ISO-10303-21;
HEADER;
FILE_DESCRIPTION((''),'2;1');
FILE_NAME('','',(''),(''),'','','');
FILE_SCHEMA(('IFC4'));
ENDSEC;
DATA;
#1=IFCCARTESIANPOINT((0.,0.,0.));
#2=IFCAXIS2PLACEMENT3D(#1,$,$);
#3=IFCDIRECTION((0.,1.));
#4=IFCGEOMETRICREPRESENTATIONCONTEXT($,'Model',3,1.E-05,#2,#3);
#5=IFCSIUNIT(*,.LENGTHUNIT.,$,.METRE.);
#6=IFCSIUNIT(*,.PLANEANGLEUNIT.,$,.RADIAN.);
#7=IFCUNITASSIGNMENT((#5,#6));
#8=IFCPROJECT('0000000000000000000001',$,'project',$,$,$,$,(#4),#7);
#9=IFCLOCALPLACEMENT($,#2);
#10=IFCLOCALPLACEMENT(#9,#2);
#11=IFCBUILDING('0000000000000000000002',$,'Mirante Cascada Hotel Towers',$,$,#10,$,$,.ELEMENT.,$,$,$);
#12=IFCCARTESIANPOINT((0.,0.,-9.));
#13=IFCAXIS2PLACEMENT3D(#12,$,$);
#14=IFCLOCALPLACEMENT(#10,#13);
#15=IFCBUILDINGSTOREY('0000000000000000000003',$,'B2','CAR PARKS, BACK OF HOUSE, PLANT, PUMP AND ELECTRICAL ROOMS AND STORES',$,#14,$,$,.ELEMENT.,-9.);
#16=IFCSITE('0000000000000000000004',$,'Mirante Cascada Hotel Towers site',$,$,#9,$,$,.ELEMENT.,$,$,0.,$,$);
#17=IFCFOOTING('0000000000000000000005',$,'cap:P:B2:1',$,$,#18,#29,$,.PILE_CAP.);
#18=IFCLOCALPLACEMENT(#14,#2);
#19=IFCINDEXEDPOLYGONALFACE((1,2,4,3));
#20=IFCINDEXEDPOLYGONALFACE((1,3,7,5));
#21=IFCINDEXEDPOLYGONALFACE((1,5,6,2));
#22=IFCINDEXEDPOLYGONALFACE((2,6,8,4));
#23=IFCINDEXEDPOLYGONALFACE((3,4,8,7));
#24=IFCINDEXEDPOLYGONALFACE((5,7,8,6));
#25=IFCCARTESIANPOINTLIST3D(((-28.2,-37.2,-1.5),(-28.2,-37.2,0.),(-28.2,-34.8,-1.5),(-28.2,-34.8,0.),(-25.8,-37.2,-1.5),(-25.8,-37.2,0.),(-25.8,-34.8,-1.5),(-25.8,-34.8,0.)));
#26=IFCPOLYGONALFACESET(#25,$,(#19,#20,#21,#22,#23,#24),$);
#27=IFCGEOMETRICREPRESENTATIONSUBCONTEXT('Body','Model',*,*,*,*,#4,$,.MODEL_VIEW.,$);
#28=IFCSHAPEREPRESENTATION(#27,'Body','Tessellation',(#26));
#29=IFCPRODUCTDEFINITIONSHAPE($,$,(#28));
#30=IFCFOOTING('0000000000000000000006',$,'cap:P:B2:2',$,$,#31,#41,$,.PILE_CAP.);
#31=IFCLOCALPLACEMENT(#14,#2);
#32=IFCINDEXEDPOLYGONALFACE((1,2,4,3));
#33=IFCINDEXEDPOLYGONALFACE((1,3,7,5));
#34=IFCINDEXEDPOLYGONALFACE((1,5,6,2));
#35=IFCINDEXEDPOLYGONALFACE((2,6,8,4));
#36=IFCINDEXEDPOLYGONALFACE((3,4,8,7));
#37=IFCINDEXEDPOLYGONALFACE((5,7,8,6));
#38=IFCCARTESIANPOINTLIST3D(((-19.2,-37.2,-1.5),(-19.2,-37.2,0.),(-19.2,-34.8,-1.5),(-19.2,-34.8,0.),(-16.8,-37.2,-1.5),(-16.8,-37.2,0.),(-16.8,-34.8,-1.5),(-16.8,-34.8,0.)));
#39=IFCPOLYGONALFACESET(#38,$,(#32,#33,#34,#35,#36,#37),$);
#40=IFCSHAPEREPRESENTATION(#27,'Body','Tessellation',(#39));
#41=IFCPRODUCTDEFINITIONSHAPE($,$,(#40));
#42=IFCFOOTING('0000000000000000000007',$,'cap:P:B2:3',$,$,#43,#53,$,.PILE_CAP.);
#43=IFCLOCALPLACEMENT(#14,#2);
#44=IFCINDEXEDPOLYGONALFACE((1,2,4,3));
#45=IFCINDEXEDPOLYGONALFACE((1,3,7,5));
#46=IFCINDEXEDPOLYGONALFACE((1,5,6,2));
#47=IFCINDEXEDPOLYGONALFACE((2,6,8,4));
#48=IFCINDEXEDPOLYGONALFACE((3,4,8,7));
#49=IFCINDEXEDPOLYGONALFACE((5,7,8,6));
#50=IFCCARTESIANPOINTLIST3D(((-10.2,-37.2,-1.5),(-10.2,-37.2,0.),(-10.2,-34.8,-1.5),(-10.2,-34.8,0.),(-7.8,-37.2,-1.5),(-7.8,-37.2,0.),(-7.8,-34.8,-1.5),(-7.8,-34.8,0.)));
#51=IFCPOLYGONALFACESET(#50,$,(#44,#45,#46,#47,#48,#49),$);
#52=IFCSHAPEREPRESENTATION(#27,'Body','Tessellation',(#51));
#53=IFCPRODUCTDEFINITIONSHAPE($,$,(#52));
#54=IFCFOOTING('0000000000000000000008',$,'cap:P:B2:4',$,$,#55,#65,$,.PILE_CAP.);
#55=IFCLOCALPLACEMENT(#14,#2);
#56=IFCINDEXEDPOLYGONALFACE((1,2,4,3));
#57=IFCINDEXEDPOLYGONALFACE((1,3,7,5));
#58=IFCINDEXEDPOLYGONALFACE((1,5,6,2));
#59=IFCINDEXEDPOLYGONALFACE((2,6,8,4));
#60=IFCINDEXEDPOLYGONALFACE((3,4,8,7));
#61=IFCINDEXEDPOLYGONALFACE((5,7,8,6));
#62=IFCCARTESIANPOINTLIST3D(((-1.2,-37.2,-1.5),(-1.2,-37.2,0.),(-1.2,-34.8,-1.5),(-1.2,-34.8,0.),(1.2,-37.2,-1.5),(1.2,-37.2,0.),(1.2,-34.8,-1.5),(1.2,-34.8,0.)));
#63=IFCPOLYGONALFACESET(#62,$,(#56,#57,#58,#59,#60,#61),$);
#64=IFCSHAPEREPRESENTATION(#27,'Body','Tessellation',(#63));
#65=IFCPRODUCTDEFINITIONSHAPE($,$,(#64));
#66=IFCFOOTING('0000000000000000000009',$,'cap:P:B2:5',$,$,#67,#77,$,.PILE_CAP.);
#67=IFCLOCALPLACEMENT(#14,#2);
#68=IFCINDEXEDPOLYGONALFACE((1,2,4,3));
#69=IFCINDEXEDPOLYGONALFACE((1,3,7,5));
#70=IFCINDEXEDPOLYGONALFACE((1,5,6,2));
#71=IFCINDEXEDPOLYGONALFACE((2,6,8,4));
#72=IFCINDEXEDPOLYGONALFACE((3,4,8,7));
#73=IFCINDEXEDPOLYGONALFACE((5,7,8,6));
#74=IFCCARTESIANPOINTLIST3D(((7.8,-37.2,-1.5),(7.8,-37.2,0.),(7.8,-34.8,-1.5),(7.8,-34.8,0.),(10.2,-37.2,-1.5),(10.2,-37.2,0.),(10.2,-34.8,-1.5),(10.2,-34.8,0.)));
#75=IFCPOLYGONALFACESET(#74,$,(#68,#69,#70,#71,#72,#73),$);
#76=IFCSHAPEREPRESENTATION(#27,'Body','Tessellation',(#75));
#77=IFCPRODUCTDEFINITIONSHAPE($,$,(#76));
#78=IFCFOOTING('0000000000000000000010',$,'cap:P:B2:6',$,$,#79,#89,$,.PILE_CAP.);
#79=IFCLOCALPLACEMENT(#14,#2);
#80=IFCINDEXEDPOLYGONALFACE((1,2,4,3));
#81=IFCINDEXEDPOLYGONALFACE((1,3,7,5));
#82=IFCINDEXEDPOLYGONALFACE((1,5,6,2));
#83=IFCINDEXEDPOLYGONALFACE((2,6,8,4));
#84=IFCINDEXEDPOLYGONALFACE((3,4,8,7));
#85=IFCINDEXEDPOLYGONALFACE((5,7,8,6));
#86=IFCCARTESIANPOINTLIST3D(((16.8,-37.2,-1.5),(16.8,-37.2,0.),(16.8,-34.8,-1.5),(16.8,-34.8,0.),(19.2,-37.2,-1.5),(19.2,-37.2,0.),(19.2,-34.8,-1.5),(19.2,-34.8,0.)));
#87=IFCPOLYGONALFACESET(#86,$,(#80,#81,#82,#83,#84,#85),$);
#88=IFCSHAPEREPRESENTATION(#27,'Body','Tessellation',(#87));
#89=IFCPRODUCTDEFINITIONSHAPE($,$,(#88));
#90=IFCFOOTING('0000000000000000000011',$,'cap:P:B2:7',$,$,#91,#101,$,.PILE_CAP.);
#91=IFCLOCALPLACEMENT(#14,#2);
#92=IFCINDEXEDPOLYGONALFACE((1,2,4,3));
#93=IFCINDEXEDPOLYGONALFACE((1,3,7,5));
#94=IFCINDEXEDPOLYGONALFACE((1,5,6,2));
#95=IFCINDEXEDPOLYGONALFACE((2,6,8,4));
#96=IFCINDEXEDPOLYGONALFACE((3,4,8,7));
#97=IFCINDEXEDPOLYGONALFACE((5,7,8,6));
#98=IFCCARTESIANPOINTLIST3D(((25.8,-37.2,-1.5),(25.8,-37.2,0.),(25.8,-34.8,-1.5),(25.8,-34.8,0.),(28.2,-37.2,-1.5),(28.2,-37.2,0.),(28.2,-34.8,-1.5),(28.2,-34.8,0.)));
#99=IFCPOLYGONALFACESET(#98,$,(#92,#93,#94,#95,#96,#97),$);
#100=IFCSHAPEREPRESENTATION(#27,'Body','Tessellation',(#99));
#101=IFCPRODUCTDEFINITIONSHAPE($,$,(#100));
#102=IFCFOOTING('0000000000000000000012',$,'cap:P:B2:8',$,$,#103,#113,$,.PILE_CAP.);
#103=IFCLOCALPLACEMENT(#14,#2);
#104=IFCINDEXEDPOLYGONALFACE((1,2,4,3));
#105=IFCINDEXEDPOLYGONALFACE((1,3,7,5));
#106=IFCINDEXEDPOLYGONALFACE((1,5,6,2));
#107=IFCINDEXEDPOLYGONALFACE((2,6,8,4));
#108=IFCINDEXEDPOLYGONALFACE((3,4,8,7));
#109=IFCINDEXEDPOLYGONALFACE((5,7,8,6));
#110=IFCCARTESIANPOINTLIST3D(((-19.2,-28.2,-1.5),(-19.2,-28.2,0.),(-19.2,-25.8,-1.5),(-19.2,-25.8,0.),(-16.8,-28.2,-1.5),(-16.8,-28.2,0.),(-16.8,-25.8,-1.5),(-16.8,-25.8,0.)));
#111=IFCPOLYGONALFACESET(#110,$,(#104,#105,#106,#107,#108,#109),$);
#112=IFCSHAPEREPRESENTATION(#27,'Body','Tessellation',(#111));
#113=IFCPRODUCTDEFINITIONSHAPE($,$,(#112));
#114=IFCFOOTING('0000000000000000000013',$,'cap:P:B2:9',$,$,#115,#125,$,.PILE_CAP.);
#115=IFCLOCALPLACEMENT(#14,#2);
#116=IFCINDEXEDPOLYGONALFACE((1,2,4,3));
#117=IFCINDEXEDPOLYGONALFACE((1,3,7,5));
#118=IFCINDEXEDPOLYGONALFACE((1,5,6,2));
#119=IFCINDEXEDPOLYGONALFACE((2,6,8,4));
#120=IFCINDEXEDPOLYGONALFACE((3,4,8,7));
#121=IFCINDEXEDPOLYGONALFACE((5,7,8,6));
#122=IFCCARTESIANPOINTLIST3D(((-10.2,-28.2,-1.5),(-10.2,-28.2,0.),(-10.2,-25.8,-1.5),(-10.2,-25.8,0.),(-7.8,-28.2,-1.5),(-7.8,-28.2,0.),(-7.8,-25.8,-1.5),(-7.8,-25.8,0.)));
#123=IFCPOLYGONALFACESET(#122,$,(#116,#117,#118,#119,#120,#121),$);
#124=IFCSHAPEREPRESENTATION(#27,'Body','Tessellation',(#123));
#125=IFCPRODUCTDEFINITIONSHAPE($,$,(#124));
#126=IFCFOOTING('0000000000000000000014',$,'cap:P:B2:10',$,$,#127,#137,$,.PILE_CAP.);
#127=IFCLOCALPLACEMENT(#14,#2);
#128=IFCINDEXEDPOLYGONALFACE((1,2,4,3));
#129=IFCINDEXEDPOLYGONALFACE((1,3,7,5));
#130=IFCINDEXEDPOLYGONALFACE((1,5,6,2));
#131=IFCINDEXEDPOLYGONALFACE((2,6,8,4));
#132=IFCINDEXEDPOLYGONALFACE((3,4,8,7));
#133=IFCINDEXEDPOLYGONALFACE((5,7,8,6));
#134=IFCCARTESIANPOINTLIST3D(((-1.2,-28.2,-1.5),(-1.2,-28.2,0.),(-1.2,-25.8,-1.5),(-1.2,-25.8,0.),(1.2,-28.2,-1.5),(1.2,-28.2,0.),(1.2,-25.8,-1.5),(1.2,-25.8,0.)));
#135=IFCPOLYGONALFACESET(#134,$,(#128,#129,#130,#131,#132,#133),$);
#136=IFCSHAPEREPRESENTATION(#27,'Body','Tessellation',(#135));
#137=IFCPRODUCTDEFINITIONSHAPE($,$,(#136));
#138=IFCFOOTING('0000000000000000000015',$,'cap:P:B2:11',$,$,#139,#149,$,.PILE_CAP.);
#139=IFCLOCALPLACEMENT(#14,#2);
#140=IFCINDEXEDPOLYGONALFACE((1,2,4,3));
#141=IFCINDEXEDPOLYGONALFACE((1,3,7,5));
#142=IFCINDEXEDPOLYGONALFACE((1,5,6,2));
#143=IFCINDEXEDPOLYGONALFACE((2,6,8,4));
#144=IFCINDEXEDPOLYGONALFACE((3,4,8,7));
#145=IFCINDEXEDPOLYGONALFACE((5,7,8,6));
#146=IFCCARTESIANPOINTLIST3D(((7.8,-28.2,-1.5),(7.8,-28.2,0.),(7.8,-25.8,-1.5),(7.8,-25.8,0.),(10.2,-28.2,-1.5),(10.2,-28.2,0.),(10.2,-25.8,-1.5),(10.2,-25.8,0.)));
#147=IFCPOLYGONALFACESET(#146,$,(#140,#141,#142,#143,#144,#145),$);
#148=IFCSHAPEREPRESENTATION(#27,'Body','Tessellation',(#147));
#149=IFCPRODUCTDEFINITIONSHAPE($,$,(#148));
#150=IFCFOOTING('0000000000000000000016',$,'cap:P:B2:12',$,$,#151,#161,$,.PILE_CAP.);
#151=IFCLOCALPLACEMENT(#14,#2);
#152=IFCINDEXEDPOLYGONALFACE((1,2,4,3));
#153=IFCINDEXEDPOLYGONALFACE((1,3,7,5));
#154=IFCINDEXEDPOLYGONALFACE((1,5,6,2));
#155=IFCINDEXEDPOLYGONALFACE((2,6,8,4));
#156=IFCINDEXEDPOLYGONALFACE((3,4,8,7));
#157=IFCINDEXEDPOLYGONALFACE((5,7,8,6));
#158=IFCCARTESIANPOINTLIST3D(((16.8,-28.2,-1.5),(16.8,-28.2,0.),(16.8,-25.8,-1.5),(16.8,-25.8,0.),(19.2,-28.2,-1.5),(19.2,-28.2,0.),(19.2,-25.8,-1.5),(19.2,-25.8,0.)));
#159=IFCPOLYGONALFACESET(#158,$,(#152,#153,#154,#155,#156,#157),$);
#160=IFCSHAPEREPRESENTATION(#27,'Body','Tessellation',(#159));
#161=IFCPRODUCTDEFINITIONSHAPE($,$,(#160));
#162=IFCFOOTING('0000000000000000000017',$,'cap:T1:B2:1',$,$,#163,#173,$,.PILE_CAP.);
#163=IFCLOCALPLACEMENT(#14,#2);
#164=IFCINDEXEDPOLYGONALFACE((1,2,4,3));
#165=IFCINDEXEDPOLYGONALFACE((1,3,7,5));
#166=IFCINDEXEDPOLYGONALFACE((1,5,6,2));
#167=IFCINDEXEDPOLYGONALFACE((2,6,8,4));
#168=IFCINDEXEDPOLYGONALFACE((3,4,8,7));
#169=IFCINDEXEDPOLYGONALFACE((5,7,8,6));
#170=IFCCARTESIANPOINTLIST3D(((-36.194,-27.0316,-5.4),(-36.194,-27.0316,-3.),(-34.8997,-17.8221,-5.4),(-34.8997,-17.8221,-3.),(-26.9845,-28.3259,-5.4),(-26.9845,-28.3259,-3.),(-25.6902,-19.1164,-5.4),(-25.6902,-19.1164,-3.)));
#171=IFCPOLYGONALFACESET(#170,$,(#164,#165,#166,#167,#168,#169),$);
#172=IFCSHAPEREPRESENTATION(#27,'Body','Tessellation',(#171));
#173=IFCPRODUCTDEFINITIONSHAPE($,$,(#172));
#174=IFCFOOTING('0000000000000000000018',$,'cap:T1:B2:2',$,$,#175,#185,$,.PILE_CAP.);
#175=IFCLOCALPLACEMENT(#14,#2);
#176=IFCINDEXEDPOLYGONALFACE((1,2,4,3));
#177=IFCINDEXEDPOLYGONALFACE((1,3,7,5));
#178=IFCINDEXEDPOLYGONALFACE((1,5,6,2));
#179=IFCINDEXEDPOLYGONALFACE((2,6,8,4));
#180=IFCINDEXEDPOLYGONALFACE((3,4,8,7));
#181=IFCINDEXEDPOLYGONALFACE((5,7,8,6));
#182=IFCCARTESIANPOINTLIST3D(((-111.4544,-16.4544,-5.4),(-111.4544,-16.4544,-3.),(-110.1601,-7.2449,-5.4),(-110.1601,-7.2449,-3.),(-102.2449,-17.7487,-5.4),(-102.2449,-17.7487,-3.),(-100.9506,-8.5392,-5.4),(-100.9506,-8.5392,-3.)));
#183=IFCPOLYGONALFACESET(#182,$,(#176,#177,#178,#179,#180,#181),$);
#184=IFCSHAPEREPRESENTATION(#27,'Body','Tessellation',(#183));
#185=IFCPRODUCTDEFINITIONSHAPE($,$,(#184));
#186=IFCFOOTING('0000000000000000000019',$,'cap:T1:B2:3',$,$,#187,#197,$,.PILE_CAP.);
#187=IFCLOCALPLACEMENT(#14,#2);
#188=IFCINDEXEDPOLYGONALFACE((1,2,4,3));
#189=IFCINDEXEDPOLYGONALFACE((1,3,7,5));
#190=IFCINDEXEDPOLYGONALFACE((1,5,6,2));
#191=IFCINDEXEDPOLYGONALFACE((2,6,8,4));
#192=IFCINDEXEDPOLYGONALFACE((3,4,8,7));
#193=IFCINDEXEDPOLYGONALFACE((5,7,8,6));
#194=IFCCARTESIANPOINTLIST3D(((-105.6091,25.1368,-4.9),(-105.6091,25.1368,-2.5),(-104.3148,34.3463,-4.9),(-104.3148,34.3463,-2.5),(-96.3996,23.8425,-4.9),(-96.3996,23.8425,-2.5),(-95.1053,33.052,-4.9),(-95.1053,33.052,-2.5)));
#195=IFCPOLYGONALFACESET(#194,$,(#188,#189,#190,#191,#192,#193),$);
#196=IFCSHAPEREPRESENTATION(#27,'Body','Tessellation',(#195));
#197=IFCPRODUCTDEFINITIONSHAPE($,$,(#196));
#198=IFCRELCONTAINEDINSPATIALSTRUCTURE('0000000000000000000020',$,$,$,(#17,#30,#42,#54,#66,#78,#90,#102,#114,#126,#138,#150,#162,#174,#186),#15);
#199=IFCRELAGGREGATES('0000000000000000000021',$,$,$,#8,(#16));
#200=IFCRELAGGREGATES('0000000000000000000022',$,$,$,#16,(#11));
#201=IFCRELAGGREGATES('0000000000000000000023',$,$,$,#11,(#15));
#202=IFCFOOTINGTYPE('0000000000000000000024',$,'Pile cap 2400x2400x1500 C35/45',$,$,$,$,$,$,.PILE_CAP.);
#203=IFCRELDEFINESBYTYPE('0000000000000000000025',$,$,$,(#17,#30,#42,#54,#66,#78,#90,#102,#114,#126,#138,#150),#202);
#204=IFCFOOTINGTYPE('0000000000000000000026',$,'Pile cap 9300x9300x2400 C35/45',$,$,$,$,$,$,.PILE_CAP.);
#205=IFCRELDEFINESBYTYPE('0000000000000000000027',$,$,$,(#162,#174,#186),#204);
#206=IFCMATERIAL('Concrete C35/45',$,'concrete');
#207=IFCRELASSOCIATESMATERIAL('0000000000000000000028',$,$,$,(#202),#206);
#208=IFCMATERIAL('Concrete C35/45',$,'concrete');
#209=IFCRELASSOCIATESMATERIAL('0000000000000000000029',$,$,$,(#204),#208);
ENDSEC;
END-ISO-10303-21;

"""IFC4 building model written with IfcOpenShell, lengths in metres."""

from ifc_helpers import new_model, si_unit, direction, frame, origin, place, context, subcontext, project, spatial, polyline, outline, extrude, material, type_object, element, save


model = new_model("IFC4")

# Units and contexts
model_context = context("Model", 3, precision=1e-05, world=origin(), true_north=direction((0.0, 1.0)))
body_context = subcontext(model_context, "Body", "Model", "MODEL_VIEW")
ifc_project = project(units=[si_unit("LENGTHUNIT", "METRE"), si_unit("PLANEANGLEUNIT", "RADIAN")], contexts=[model_context])

# Site, building, storey
site_placement = place(None, origin())
site = spatial("IfcSite", under=ifc_project, at=site_placement, Name="Mirante Cascada Hotel Towers site", CompositionType="ELEMENT", RefElevation=0.0)
building_placement = place(site_placement, origin())
building = spatial("IfcBuilding", under=site, at=building_placement, Name="Mirante Cascada Hotel Towers", CompositionType="ELEMENT")
storey_placement = place(building_placement, frame((0.0, 0.0, -9.0)))
storey = spatial("IfcBuildingStorey", under=building, at=storey_placement, Name="B2", Description="CAR PARKS, BACK OF HOUSE, PLANT, PUMP AND ELECTRICAL ROOMS AND STORES", CompositionType="ELEMENT", Elevation=-9.0)

# Footings
ifc_material_1 = material(Name="Concrete C35/45", Category="concrete")
footing_type_1 = type_object("IfcFootingType", Name="Pile cap 2400x2400x1500 C35/45", PredefinedType="PILE_CAP", material=ifc_material_1)
footing_1_placement = place(storey_placement, frame((0.0, 0.0, -1.5)))
element("IfcFooting", 1, at=footing_1_placement, inside=storey, type_object=footing_type_1, Name="cap:P:B2:1", PredefinedType="PILE_CAP", context=body_context, shape_type="SweptSolid", body=[
    extrude(outline(polyline([(-25.8, -37.2), (-25.8, -34.8), (-28.2, -34.8), (-28.2, -37.2), (-25.8, -37.2)])), origin(), (0.0, 0.0, 1.0), 1.5),
])
footing_2_placement = place(storey_placement, frame((0.0, 0.0, -1.5)))
element("IfcFooting", 2, at=footing_2_placement, inside=storey, type_object=footing_type_1, Name="cap:P:B2:2", PredefinedType="PILE_CAP", context=body_context, shape_type="SweptSolid", body=[
    extrude(outline(polyline([(-16.8, -37.2), (-16.8, -34.8), (-19.2, -34.8), (-19.2, -37.2), (-16.8, -37.2)])), origin(), (0.0, 0.0, 1.0), 1.5),
])
footing_3_placement = place(storey_placement, frame((0.0, 0.0, -1.5)))
element("IfcFooting", 3, at=footing_3_placement, inside=storey, type_object=footing_type_1, Name="cap:P:B2:3", PredefinedType="PILE_CAP", context=body_context, shape_type="SweptSolid", body=[
    extrude(outline(polyline([(-7.8, -37.2), (-7.8, -34.8), (-10.2, -34.8), (-10.2, -37.2), (-7.8, -37.2)])), origin(), (0.0, 0.0, 1.0), 1.5),
])
footing_4_placement = place(storey_placement, frame((0.0, 0.0, -1.5)))
element("IfcFooting", 4, at=footing_4_placement, inside=storey, type_object=footing_type_1, Name="cap:P:B2:4", PredefinedType="PILE_CAP", context=body_context, shape_type="SweptSolid", body=[
    extrude(outline(polyline([(1.2, -37.2), (1.2, -34.8), (-1.2, -34.8), (-1.2, -37.2), (1.2, -37.2)])), origin(), (0.0, 0.0, 1.0), 1.5),
])
footing_5_placement = place(storey_placement, frame((0.0, 0.0, -1.5)))
element("IfcFooting", 5, at=footing_5_placement, inside=storey, type_object=footing_type_1, Name="cap:P:B2:5", PredefinedType="PILE_CAP", context=body_context, shape_type="SweptSolid", body=[
    extrude(outline(polyline([(10.2, -37.2), (10.2, -34.8), (7.8, -34.8), (7.8, -37.2), (10.2, -37.2)])), origin(), (0.0, 0.0, 1.0), 1.5),
])
footing_6_placement = place(storey_placement, frame((0.0, 0.0, -1.5)))
element("IfcFooting", 6, at=footing_6_placement, inside=storey, type_object=footing_type_1, Name="cap:P:B2:6", PredefinedType="PILE_CAP", context=body_context, shape_type="SweptSolid", body=[
    extrude(outline(polyline([(19.2, -37.2), (19.2, -34.8), (16.8, -34.8), (16.8, -37.2), (19.2, -37.2)])), origin(), (0.0, 0.0, 1.0), 1.5),
])
footing_7_placement = place(storey_placement, frame((0.0, 0.0, -1.5)))
element("IfcFooting", 7, at=footing_7_placement, inside=storey, type_object=footing_type_1, Name="cap:P:B2:7", PredefinedType="PILE_CAP", context=body_context, shape_type="SweptSolid", body=[
    extrude(outline(polyline([(28.2, -37.2), (28.2, -34.8), (25.8, -34.8), (25.8, -37.2), (28.2, -37.2)])), origin(), (0.0, 0.0, 1.0), 1.5),
])
footing_8_placement = place(storey_placement, frame((0.0, 0.0, -1.5)))
element("IfcFooting", 8, at=footing_8_placement, inside=storey, type_object=footing_type_1, Name="cap:P:B2:8", PredefinedType="PILE_CAP", context=body_context, shape_type="SweptSolid", body=[
    extrude(outline(polyline([(-16.8, -28.2), (-16.8, -25.8), (-19.2, -25.8), (-19.2, -28.2), (-16.8, -28.2)])), origin(), (0.0, 0.0, 1.0), 1.5),
])
footing_9_placement = place(storey_placement, frame((0.0, 0.0, -1.5)))
element("IfcFooting", 9, at=footing_9_placement, inside=storey, type_object=footing_type_1, Name="cap:P:B2:9", PredefinedType="PILE_CAP", context=body_context, shape_type="SweptSolid", body=[
    extrude(outline(polyline([(-7.8, -28.2), (-7.8, -25.8), (-10.2, -25.8), (-10.2, -28.2), (-7.8, -28.2)])), origin(), (0.0, 0.0, 1.0), 1.5),
])
footing_10_placement = place(storey_placement, frame((0.0, 0.0, -1.5)))
element("IfcFooting", 10, at=footing_10_placement, inside=storey, type_object=footing_type_1, Name="cap:P:B2:10", PredefinedType="PILE_CAP", context=body_context, shape_type="SweptSolid", body=[
    extrude(outline(polyline([(1.2, -28.2), (1.2, -25.8), (-1.2, -25.8), (-1.2, -28.2), (1.2, -28.2)])), origin(), (0.0, 0.0, 1.0), 1.5),
])
footing_11_placement = place(storey_placement, frame((0.0, 0.0, -1.5)))
element("IfcFooting", 11, at=footing_11_placement, inside=storey, type_object=footing_type_1, Name="cap:P:B2:11", PredefinedType="PILE_CAP", context=body_context, shape_type="SweptSolid", body=[
    extrude(outline(polyline([(10.2, -28.2), (10.2, -25.8), (7.8, -25.8), (7.8, -28.2), (10.2, -28.2)])), origin(), (0.0, 0.0, 1.0), 1.5),
])
footing_12_placement = place(storey_placement, frame((0.0, 0.0, -1.5)))
element("IfcFooting", 12, at=footing_12_placement, inside=storey, type_object=footing_type_1, Name="cap:P:B2:12", PredefinedType="PILE_CAP", context=body_context, shape_type="SweptSolid", body=[
    extrude(outline(polyline([(19.2, -28.2), (19.2, -25.8), (16.8, -25.8), (16.8, -28.2), (19.2, -28.2)])), origin(), (0.0, 0.0, 1.0), 1.5),
])
ifc_material_2 = material(Name="Concrete C35/45", Category="concrete")
footing_type_2 = type_object("IfcFootingType", Name="Pile cap 9300x9300x2400 C35/45", PredefinedType="PILE_CAP", material=ifc_material_2)
footing_13_placement = place(storey_placement, frame((0.0, 0.0, -5.4)))
element("IfcFooting", 13, at=footing_13_placement, inside=storey, type_object=footing_type_2, Name="cap:T1:B2:1", PredefinedType="PILE_CAP", context=body_context, shape_type="SweptSolid", body=[
    extrude(outline(polyline([(-36.194, -27.0316), (-34.8997, -17.8221), (-25.6902, -19.1164), (-26.9845, -28.3259), (-36.194, -27.0316)])), origin(), (0.0, 0.0, 1.0), 2.4),
])
footing_14_placement = place(storey_placement, frame((0.0, 0.0, -5.4)))
element("IfcFooting", 14, at=footing_14_placement, inside=storey, type_object=footing_type_2, Name="cap:T1:B2:2", PredefinedType="PILE_CAP", context=body_context, shape_type="SweptSolid", body=[
    extrude(outline(polyline([(-111.4544, -16.4544), (-110.1601, -7.2449), (-100.9506, -8.5392), (-102.2449, -17.7487), (-111.4544, -16.4544)])), origin(), (0.0, 0.0, 1.0), 2.4),
])
footing_15_placement = place(storey_placement, frame((0.0, 0.0, -4.9)))
element("IfcFooting", 15, at=footing_15_placement, inside=storey, type_object=footing_type_2, Name="cap:T1:B2:3", PredefinedType="PILE_CAP", context=body_context, shape_type="SweptSolid", body=[
    extrude(outline(polyline([(-105.6091, 25.1368), (-104.3148, 34.3463), (-95.1053, 33.052), (-96.3996, 23.8425), (-105.6091, 25.1368)])), origin(), (0.0, 0.0, 1.0), 2.4),
])

save(model, "model.ifc")
